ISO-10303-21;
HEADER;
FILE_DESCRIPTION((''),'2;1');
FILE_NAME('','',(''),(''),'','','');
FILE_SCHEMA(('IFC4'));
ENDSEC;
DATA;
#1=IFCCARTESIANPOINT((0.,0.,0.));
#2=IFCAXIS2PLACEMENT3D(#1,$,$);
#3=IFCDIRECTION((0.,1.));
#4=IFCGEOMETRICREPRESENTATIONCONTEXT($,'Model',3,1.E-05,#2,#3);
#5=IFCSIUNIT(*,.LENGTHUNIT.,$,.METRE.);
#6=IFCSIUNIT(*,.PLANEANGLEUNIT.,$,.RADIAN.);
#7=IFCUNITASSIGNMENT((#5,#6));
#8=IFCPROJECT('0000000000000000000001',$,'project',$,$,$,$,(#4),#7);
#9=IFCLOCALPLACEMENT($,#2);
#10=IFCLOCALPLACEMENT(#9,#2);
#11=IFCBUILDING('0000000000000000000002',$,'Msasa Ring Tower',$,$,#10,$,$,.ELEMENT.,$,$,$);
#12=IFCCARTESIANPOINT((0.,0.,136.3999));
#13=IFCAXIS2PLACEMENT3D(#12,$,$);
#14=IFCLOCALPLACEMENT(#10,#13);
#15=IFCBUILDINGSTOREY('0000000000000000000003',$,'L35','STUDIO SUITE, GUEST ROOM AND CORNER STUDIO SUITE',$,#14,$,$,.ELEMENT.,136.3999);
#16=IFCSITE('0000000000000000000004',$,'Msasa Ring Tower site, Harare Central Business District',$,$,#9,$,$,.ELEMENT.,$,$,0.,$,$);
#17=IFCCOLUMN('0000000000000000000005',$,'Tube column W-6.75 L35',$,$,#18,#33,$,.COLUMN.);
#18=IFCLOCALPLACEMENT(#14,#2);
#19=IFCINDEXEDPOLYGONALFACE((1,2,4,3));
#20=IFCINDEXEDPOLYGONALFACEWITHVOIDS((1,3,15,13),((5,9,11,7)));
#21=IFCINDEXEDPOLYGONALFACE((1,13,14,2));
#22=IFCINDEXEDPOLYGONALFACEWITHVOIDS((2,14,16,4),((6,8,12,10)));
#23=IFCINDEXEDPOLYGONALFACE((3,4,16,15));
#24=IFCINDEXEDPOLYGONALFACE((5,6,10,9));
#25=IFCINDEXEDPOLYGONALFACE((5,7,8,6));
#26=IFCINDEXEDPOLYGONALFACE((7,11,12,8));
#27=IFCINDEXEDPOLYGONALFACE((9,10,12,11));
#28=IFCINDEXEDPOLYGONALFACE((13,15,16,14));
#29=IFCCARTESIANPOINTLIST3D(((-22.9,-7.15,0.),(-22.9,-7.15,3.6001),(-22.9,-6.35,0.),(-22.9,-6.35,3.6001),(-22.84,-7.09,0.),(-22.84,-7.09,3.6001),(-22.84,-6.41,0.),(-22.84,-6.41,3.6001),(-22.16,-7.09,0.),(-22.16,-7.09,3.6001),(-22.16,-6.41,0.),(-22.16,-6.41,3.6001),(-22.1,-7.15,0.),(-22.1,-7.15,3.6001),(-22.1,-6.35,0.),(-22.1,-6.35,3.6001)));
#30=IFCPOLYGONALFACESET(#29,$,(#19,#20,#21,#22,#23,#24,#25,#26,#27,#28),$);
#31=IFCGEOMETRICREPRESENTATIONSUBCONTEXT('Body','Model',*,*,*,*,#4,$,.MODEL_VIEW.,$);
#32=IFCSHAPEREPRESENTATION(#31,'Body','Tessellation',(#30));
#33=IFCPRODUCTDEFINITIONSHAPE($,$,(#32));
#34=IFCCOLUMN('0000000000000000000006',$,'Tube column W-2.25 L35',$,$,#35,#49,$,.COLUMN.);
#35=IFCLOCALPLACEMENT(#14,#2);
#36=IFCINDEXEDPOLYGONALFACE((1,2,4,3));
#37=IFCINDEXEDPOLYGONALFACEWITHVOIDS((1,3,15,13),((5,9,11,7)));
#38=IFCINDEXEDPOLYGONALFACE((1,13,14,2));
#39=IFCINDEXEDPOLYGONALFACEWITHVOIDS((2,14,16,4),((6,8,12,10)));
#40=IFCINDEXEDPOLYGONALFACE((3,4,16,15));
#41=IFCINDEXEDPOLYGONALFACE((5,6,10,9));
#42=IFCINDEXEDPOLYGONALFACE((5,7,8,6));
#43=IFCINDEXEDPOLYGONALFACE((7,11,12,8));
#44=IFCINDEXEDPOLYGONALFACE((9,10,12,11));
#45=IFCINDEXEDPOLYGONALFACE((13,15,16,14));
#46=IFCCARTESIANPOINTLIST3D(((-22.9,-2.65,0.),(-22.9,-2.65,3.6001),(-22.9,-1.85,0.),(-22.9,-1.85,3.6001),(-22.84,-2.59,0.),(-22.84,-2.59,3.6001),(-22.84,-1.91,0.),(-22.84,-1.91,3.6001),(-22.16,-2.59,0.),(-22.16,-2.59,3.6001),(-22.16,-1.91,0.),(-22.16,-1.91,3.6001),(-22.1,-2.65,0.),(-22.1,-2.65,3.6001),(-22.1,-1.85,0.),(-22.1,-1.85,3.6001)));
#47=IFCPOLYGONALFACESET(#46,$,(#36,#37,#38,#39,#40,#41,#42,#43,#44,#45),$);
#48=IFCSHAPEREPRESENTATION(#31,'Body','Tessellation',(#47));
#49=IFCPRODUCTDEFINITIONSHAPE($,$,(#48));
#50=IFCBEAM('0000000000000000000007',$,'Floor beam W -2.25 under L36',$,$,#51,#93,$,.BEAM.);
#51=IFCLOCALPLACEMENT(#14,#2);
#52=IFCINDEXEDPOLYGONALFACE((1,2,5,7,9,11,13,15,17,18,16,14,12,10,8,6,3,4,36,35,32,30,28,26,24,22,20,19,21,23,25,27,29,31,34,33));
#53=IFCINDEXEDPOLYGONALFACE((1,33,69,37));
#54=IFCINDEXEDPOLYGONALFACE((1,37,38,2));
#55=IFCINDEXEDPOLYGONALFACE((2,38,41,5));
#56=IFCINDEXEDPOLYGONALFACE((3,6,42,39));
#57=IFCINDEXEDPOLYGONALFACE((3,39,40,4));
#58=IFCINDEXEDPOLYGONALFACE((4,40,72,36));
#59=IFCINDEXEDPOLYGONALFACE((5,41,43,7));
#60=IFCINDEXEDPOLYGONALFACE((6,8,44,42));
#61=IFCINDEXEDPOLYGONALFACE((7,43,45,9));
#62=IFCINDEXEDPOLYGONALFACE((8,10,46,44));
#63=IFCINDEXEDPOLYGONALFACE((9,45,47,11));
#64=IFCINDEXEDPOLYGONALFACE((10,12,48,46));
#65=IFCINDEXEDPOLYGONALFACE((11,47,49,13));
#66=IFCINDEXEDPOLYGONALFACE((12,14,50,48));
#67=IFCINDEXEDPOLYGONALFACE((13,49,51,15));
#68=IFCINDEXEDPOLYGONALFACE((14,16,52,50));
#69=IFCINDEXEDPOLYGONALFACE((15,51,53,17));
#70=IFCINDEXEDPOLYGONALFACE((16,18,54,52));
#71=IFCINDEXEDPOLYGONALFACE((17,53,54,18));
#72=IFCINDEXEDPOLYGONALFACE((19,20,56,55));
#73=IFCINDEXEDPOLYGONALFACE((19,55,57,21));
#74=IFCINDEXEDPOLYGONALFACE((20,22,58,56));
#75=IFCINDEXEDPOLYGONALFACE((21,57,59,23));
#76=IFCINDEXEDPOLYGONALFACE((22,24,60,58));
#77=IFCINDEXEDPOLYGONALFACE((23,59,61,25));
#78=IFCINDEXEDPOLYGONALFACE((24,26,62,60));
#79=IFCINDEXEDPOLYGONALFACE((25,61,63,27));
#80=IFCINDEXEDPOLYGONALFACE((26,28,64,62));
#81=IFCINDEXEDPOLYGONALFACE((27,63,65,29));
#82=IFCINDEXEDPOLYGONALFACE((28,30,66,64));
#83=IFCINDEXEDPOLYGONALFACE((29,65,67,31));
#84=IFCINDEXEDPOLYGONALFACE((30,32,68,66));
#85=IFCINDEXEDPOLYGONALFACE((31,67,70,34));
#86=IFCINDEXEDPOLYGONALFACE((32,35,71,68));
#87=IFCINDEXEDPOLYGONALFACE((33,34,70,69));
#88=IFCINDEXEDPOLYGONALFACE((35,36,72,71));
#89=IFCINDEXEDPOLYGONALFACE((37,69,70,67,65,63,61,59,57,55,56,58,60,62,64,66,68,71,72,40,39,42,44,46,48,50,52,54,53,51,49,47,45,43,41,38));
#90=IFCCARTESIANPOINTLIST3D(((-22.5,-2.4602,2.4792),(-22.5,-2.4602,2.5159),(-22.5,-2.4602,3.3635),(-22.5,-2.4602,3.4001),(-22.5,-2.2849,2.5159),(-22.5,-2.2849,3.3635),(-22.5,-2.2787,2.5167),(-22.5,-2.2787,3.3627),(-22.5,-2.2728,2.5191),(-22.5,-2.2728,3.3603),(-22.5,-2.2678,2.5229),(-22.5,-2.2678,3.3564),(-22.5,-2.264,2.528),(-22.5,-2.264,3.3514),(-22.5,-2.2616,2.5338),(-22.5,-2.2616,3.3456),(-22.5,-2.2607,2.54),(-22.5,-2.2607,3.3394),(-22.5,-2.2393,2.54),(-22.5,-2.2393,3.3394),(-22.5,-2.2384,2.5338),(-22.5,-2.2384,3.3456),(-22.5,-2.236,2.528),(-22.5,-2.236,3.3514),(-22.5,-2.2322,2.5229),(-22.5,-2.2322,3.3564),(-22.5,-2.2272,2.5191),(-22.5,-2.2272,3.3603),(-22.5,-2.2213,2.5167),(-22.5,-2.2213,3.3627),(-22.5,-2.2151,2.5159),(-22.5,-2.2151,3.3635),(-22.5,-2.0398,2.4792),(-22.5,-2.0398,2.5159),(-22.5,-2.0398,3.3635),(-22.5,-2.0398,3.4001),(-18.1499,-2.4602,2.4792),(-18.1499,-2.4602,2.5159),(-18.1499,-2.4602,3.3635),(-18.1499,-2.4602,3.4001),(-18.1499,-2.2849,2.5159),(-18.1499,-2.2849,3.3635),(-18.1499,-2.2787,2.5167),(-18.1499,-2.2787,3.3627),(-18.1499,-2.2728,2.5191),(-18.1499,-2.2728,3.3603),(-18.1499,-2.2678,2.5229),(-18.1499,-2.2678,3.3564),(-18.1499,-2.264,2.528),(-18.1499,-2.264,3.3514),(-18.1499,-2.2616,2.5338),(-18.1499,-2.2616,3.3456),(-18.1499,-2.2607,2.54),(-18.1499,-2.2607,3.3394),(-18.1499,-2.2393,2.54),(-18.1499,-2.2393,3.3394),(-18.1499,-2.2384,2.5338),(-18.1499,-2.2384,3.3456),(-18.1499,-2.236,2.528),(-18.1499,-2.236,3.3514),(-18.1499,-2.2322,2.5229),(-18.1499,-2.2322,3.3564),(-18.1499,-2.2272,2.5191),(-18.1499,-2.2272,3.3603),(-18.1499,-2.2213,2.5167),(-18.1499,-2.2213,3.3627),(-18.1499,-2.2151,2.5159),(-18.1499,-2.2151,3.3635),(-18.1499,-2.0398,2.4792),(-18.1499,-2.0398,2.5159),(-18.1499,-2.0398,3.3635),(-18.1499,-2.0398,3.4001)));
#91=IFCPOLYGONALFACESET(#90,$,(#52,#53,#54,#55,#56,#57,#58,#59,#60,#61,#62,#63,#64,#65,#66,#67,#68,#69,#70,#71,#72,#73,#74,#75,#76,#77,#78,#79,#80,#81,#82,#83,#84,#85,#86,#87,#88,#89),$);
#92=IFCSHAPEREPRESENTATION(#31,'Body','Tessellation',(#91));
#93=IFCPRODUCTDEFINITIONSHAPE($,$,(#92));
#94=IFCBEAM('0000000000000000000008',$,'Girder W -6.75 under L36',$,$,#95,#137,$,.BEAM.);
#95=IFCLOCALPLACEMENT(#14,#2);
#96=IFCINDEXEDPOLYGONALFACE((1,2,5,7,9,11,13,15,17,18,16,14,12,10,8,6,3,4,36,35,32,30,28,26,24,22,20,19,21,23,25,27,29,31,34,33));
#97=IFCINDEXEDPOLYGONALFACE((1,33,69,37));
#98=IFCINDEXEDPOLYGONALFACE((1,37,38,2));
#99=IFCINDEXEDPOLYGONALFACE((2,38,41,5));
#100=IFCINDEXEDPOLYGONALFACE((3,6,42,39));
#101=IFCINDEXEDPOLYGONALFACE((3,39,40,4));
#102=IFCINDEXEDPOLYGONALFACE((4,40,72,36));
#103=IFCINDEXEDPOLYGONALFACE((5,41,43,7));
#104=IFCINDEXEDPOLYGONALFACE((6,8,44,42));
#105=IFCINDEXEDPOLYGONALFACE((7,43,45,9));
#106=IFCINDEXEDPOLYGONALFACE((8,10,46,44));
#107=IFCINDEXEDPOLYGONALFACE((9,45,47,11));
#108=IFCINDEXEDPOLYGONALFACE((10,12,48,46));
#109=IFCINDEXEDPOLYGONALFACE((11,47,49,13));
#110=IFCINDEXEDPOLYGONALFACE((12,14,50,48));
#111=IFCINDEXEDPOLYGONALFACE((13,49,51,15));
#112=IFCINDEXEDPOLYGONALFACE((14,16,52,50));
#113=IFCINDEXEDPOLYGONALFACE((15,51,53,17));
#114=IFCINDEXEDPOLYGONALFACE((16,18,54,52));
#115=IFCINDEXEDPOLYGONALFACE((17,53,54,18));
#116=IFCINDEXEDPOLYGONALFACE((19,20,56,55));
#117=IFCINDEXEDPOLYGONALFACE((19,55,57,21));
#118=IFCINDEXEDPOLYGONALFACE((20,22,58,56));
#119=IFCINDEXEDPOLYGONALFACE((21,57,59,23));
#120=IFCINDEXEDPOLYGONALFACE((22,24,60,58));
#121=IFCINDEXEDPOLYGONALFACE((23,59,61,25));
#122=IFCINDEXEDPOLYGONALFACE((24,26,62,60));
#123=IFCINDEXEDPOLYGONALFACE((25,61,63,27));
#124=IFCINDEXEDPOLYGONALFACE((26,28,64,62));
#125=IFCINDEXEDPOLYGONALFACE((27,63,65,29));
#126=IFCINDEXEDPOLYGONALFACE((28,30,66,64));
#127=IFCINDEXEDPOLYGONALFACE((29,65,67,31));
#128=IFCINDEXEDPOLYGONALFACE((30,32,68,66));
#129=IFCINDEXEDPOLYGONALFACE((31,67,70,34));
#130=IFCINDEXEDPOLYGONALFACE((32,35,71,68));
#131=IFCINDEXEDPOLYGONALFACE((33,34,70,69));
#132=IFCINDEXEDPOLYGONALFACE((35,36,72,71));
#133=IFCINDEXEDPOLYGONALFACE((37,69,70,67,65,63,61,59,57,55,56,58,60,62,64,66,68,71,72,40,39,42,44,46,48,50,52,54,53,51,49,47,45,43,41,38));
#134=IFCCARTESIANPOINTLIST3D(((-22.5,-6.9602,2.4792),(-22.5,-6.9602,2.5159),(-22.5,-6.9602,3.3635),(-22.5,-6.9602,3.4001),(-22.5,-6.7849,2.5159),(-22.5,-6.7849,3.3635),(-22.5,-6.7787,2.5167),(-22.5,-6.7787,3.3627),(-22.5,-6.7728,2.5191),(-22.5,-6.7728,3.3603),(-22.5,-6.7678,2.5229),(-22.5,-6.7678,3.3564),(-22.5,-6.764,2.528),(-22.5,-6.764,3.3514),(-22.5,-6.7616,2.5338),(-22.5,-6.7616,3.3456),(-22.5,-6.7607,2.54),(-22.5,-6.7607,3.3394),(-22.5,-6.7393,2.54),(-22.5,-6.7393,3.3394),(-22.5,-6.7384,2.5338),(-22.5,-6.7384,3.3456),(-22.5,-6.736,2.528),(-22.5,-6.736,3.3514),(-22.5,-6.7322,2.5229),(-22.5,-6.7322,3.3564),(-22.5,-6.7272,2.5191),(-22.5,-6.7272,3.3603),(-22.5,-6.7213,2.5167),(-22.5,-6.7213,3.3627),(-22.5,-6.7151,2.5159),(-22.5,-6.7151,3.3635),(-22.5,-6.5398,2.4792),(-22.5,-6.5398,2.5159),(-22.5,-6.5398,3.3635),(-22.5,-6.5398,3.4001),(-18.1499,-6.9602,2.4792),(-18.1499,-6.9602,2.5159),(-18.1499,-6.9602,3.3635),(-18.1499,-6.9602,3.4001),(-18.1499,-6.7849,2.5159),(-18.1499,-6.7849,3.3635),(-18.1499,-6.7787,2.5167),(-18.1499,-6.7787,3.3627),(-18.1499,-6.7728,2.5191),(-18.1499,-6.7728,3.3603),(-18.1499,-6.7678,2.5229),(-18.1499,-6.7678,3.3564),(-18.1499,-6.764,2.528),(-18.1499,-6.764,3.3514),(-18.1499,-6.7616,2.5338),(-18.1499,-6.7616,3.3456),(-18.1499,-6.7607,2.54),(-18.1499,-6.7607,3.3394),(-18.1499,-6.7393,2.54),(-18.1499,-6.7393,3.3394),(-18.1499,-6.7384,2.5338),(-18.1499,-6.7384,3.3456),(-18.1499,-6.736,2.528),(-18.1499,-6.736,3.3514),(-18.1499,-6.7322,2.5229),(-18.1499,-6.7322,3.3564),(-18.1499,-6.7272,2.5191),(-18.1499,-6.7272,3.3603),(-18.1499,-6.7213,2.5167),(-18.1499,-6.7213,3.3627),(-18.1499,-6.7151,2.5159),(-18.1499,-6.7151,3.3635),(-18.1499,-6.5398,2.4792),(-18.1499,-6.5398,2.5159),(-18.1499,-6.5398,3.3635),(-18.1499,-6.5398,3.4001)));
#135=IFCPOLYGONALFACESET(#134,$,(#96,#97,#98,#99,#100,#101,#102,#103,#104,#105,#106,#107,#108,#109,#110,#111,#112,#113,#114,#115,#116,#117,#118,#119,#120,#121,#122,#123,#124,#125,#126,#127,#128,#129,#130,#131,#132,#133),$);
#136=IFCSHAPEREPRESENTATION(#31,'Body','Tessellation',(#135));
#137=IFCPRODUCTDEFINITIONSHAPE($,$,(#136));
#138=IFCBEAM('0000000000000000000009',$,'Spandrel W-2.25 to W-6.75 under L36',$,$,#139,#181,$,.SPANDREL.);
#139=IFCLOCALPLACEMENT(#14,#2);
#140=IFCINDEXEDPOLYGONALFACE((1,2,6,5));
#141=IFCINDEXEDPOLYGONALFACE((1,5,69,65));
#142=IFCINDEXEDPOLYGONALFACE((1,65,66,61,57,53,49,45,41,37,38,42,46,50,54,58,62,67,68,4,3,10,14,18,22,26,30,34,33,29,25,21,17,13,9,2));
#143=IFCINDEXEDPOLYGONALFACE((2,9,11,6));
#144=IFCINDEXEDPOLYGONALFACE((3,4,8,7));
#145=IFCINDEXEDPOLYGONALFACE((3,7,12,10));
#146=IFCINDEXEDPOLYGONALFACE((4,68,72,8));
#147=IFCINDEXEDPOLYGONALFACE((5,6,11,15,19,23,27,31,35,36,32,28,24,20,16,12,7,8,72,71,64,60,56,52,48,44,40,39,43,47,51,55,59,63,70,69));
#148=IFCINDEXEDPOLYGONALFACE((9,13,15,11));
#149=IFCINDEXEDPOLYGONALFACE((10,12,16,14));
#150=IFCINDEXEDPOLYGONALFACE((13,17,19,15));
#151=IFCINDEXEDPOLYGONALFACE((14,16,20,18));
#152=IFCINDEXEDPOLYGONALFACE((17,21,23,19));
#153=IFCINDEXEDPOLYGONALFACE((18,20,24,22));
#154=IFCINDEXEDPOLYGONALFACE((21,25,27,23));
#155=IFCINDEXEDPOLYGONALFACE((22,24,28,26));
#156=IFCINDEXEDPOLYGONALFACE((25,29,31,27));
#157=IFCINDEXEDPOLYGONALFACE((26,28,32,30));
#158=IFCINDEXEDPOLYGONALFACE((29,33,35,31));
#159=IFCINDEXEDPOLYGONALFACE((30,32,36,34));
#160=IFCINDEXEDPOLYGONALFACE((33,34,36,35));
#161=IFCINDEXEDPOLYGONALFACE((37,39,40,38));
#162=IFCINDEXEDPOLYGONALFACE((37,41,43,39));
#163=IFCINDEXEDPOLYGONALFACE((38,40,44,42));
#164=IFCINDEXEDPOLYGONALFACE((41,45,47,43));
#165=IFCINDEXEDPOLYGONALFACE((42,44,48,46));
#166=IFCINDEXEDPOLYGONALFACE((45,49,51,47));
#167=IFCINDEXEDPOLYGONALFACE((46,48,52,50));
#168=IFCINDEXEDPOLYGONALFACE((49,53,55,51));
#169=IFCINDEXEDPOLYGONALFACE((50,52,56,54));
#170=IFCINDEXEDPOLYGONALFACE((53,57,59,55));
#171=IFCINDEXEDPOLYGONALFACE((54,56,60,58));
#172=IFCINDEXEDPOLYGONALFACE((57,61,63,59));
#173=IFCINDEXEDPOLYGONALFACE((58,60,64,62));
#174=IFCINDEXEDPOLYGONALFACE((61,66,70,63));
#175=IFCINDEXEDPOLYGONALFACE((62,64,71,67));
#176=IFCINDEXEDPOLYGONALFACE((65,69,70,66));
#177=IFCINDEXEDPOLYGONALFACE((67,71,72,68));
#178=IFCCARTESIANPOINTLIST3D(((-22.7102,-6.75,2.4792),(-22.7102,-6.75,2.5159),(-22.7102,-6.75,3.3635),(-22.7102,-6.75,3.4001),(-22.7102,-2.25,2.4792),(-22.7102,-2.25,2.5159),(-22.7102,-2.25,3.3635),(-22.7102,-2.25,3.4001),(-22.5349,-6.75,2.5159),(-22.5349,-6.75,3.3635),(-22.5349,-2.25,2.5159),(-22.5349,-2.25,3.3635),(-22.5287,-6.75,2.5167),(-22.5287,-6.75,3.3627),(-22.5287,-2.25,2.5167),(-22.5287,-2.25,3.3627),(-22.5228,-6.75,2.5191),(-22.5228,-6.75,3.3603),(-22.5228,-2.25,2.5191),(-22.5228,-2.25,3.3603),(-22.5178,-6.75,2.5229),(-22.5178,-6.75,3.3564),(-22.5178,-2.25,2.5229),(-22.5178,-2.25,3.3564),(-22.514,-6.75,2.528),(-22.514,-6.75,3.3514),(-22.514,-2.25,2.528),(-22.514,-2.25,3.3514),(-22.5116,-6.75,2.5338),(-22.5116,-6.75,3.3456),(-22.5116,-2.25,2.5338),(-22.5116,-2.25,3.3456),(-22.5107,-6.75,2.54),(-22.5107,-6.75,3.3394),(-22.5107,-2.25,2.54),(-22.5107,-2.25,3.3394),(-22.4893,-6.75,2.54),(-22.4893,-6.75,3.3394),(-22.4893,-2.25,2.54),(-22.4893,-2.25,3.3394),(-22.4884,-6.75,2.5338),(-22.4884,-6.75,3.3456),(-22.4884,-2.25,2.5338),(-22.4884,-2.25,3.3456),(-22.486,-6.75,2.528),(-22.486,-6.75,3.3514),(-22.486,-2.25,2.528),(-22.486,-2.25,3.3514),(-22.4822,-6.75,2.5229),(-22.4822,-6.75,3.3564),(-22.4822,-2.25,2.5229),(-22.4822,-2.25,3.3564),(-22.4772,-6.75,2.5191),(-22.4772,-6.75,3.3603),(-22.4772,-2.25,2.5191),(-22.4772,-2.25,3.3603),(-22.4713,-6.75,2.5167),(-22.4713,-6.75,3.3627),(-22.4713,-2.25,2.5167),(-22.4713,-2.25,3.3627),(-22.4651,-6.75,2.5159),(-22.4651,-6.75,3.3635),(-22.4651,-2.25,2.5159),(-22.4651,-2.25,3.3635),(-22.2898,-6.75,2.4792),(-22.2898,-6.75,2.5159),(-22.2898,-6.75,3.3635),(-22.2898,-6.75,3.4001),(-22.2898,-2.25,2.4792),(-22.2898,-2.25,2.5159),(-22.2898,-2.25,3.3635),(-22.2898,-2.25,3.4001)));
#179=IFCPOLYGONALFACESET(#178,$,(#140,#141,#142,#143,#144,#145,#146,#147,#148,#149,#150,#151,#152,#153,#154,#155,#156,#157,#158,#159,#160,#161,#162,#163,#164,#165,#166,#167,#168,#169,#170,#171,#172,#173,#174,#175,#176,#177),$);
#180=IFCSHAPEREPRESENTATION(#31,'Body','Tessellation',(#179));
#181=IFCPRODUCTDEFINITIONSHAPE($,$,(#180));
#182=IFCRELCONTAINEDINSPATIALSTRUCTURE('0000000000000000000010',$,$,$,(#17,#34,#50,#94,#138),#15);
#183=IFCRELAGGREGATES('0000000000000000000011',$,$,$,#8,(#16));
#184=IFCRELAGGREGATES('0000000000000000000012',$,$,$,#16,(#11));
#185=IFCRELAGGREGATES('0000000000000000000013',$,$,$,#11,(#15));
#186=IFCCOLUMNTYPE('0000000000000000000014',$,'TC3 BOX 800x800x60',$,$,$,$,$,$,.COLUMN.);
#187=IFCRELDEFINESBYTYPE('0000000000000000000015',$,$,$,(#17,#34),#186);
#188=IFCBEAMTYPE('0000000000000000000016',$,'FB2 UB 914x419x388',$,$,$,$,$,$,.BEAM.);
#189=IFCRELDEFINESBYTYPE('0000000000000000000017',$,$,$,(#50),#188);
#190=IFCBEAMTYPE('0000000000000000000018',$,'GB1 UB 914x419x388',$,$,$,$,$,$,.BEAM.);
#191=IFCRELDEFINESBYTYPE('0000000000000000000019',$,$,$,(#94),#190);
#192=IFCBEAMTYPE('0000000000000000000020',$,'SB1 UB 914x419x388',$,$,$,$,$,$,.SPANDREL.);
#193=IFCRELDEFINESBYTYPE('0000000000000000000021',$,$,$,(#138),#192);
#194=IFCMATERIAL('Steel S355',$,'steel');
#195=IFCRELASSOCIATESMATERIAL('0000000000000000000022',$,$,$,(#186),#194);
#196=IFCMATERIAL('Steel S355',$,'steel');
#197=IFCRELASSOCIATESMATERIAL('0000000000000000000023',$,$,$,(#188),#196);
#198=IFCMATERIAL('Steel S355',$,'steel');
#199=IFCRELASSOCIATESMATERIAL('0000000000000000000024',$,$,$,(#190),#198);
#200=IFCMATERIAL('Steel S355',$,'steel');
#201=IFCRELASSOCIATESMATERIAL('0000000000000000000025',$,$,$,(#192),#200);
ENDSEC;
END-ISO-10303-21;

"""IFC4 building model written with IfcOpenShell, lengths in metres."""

from ifc_helpers import new_model, si_unit, direction, frame, origin, origin_2d, place, context, subcontext, project, spatial, hollow_rectangle, i_section, extrude, material, material_profile, profile_set, type_object, element, save


model = new_model("IFC4")

# Units and contexts
model_context = context("Model", 3, precision=1e-05, world=origin(), true_north=direction((0.0, 1.0)))
body_context = subcontext(model_context, "Body", "Model", "MODEL_VIEW")
ifc_project = project(units=[si_unit("LENGTHUNIT", "METRE"), si_unit("PLANEANGLEUNIT", "RADIAN")], contexts=[model_context])

# Site, building, storey
site_placement = place(None, origin())
site = spatial("IfcSite", under=ifc_project, at=site_placement, Name="Msasa Ring Tower site, Harare Central Business District", CompositionType="ELEMENT", RefElevation=0.0)
building_placement = place(site_placement, origin())
building = spatial("IfcBuilding", under=site, at=building_placement, Name="Msasa Ring Tower", CompositionType="ELEMENT")
storey_placement = place(building_placement, frame((0.0, 0.0, 136.3999)))
storey = spatial("IfcBuildingStorey", under=building, at=storey_placement, Name="L35", Description="STUDIO SUITE, GUEST ROOM AND CORNER STUDIO SUITE", CompositionType="ELEMENT", Elevation=136.3999)

# Columns
ifc_material_1 = material(Name="Steel S355", Category="steel")
ifc_material_profile_1 = material_profile(ifc_material_1, hollow_rectangle(XDim=0.8, YDim=0.8, WallThickness=0.0601, at=origin_2d()), Name="BOX 800x800x60")
ifc_profile_set_1 = profile_set([ifc_material_profile_1], Name="Steel S355")
column_type = type_object("IfcColumnType", Name="TC3 BOX 800x800x60", PredefinedType="COLUMN", material=ifc_profile_set_1)
for number, where, z_axis, x_axis, name in (
    (1, (-22.5, -6.75, 0.0), (0.0, 0.0, 1.0), (1.0, 0.0, 0.0), "Tube column W-6.75 L35"),
    (2, (-22.5, -2.25, 0.0), (0.0, 0.0, 1.0), (1.0, 0.0, 0.0), "Tube column W-2.25 L35"),
):
    element("IfcColumn", number, at=place(storey_placement, frame(where, z_axis=z_axis, x_axis=x_axis)), inside=storey, type_object=column_type, Name=name, PredefinedType="COLUMN", context=body_context, shape_type="SweptSolid", body=[
        extrude(hollow_rectangle(XDim=0.8, YDim=0.8, WallThickness=0.0601, at=origin_2d()), origin(), (0.0, 0.0, 1.0), 3.6001),
    ])

# Beams
ifc_material_2 = material(Name="Steel S355", Category="steel")
ifc_material_profile_2 = material_profile(ifc_material_2, i_section(OverallWidth=0.4204, OverallDepth=0.9209, WebThickness=0.0215, FlangeThickness=0.0366, FilletRadius=0.0242, at=origin_2d()), Name="UB 914x419x388")
ifc_profile_set_2 = profile_set([ifc_material_profile_2], Name="Steel S355")
beam_type_1 = type_object("IfcBeamType", Name="FB2 UB 914x419x388", PredefinedType="BEAM", material=ifc_profile_set_2)
beam_1_placement = place(storey_placement, frame((-22.5, -2.25, 2.9397), z_axis=(1.0, 0.0, 0.0), x_axis=(0.0, 1.0, 0.0)))
element("IfcBeam", 3, at=beam_1_placement, inside=storey, type_object=beam_type_1, Name="Floor beam W -2.25 under L36", PredefinedType="BEAM", context=body_context, shape_type="SweptSolid", body=[
    extrude(i_section(OverallWidth=0.4204, OverallDepth=0.9209, WebThickness=0.0215, FlangeThickness=0.0366, FilletRadius=0.0242, at=origin_2d()), origin(), (0.0, 0.0, 1.0), 4.3501),
])
ifc_material_3 = material(Name="Steel S355", Category="steel")
ifc_material_profile_3 = material_profile(ifc_material_3, i_section(OverallWidth=0.4204, OverallDepth=0.9209, WebThickness=0.0215, FlangeThickness=0.0366, FilletRadius=0.0242, at=origin_2d()), Name="UB 914x419x388")
ifc_profile_set_3 = profile_set([ifc_material_profile_3], Name="Steel S355")
beam_type_2 = type_object("IfcBeamType", Name="GB1 UB 914x419x388", PredefinedType="BEAM", material=ifc_profile_set_3)
beam_2_placement = place(storey_placement, frame((-18.1499, -6.75, 2.9397), z_axis=(-1.0, 0.0, 0.0), x_axis=(0.0, -1.0, 0.0)))
element("IfcBeam", 4, at=beam_2_placement, inside=storey, type_object=beam_type_2, Name="Girder W -6.75 under L36", PredefinedType="BEAM", context=body_context, shape_type="SweptSolid", body=[
    extrude(i_section(OverallWidth=0.4204, OverallDepth=0.9209, WebThickness=0.0215, FlangeThickness=0.0366, FilletRadius=0.0242, at=origin_2d()), origin(), (0.0, 0.0, 1.0), 4.3501),
])
ifc_material_4 = material(Name="Steel S355", Category="steel")
ifc_material_profile_4 = material_profile(ifc_material_4, i_section(OverallWidth=0.4204, OverallDepth=0.9209, WebThickness=0.0215, FlangeThickness=0.0366, FilletRadius=0.0242, at=origin_2d()), Name="UB 914x419x388")
ifc_profile_set_4 = profile_set([ifc_material_profile_4], Name="Steel S355")
beam_type_3 = type_object("IfcBeamType", Name="SB1 UB 914x419x388", PredefinedType="SPANDREL", material=ifc_profile_set_4)
for number, where, z_axis, x_axis, name in (
    (5, (-22.5, -2.25, 2.9397), (0.0, -1.0, 0.0), (1.0, 0.0, 0.0), "Spandrel W-2.25 to W-6.75 under L36"),
):
    element("IfcBeam", number, at=place(storey_placement, frame(where, z_axis=z_axis, x_axis=x_axis)), inside=storey, type_object=beam_type_3, Name=name, PredefinedType="SPANDREL", context=body_context, shape_type="SweptSolid", body=[
        extrude(i_section(OverallWidth=0.4204, OverallDepth=0.9209, WebThickness=0.0215, FlangeThickness=0.0366, FilletRadius=0.0242, at=origin_2d()), origin(), (0.0, 0.0, 1.0), 4.5),
    ])

save(model, "model.ifc")
